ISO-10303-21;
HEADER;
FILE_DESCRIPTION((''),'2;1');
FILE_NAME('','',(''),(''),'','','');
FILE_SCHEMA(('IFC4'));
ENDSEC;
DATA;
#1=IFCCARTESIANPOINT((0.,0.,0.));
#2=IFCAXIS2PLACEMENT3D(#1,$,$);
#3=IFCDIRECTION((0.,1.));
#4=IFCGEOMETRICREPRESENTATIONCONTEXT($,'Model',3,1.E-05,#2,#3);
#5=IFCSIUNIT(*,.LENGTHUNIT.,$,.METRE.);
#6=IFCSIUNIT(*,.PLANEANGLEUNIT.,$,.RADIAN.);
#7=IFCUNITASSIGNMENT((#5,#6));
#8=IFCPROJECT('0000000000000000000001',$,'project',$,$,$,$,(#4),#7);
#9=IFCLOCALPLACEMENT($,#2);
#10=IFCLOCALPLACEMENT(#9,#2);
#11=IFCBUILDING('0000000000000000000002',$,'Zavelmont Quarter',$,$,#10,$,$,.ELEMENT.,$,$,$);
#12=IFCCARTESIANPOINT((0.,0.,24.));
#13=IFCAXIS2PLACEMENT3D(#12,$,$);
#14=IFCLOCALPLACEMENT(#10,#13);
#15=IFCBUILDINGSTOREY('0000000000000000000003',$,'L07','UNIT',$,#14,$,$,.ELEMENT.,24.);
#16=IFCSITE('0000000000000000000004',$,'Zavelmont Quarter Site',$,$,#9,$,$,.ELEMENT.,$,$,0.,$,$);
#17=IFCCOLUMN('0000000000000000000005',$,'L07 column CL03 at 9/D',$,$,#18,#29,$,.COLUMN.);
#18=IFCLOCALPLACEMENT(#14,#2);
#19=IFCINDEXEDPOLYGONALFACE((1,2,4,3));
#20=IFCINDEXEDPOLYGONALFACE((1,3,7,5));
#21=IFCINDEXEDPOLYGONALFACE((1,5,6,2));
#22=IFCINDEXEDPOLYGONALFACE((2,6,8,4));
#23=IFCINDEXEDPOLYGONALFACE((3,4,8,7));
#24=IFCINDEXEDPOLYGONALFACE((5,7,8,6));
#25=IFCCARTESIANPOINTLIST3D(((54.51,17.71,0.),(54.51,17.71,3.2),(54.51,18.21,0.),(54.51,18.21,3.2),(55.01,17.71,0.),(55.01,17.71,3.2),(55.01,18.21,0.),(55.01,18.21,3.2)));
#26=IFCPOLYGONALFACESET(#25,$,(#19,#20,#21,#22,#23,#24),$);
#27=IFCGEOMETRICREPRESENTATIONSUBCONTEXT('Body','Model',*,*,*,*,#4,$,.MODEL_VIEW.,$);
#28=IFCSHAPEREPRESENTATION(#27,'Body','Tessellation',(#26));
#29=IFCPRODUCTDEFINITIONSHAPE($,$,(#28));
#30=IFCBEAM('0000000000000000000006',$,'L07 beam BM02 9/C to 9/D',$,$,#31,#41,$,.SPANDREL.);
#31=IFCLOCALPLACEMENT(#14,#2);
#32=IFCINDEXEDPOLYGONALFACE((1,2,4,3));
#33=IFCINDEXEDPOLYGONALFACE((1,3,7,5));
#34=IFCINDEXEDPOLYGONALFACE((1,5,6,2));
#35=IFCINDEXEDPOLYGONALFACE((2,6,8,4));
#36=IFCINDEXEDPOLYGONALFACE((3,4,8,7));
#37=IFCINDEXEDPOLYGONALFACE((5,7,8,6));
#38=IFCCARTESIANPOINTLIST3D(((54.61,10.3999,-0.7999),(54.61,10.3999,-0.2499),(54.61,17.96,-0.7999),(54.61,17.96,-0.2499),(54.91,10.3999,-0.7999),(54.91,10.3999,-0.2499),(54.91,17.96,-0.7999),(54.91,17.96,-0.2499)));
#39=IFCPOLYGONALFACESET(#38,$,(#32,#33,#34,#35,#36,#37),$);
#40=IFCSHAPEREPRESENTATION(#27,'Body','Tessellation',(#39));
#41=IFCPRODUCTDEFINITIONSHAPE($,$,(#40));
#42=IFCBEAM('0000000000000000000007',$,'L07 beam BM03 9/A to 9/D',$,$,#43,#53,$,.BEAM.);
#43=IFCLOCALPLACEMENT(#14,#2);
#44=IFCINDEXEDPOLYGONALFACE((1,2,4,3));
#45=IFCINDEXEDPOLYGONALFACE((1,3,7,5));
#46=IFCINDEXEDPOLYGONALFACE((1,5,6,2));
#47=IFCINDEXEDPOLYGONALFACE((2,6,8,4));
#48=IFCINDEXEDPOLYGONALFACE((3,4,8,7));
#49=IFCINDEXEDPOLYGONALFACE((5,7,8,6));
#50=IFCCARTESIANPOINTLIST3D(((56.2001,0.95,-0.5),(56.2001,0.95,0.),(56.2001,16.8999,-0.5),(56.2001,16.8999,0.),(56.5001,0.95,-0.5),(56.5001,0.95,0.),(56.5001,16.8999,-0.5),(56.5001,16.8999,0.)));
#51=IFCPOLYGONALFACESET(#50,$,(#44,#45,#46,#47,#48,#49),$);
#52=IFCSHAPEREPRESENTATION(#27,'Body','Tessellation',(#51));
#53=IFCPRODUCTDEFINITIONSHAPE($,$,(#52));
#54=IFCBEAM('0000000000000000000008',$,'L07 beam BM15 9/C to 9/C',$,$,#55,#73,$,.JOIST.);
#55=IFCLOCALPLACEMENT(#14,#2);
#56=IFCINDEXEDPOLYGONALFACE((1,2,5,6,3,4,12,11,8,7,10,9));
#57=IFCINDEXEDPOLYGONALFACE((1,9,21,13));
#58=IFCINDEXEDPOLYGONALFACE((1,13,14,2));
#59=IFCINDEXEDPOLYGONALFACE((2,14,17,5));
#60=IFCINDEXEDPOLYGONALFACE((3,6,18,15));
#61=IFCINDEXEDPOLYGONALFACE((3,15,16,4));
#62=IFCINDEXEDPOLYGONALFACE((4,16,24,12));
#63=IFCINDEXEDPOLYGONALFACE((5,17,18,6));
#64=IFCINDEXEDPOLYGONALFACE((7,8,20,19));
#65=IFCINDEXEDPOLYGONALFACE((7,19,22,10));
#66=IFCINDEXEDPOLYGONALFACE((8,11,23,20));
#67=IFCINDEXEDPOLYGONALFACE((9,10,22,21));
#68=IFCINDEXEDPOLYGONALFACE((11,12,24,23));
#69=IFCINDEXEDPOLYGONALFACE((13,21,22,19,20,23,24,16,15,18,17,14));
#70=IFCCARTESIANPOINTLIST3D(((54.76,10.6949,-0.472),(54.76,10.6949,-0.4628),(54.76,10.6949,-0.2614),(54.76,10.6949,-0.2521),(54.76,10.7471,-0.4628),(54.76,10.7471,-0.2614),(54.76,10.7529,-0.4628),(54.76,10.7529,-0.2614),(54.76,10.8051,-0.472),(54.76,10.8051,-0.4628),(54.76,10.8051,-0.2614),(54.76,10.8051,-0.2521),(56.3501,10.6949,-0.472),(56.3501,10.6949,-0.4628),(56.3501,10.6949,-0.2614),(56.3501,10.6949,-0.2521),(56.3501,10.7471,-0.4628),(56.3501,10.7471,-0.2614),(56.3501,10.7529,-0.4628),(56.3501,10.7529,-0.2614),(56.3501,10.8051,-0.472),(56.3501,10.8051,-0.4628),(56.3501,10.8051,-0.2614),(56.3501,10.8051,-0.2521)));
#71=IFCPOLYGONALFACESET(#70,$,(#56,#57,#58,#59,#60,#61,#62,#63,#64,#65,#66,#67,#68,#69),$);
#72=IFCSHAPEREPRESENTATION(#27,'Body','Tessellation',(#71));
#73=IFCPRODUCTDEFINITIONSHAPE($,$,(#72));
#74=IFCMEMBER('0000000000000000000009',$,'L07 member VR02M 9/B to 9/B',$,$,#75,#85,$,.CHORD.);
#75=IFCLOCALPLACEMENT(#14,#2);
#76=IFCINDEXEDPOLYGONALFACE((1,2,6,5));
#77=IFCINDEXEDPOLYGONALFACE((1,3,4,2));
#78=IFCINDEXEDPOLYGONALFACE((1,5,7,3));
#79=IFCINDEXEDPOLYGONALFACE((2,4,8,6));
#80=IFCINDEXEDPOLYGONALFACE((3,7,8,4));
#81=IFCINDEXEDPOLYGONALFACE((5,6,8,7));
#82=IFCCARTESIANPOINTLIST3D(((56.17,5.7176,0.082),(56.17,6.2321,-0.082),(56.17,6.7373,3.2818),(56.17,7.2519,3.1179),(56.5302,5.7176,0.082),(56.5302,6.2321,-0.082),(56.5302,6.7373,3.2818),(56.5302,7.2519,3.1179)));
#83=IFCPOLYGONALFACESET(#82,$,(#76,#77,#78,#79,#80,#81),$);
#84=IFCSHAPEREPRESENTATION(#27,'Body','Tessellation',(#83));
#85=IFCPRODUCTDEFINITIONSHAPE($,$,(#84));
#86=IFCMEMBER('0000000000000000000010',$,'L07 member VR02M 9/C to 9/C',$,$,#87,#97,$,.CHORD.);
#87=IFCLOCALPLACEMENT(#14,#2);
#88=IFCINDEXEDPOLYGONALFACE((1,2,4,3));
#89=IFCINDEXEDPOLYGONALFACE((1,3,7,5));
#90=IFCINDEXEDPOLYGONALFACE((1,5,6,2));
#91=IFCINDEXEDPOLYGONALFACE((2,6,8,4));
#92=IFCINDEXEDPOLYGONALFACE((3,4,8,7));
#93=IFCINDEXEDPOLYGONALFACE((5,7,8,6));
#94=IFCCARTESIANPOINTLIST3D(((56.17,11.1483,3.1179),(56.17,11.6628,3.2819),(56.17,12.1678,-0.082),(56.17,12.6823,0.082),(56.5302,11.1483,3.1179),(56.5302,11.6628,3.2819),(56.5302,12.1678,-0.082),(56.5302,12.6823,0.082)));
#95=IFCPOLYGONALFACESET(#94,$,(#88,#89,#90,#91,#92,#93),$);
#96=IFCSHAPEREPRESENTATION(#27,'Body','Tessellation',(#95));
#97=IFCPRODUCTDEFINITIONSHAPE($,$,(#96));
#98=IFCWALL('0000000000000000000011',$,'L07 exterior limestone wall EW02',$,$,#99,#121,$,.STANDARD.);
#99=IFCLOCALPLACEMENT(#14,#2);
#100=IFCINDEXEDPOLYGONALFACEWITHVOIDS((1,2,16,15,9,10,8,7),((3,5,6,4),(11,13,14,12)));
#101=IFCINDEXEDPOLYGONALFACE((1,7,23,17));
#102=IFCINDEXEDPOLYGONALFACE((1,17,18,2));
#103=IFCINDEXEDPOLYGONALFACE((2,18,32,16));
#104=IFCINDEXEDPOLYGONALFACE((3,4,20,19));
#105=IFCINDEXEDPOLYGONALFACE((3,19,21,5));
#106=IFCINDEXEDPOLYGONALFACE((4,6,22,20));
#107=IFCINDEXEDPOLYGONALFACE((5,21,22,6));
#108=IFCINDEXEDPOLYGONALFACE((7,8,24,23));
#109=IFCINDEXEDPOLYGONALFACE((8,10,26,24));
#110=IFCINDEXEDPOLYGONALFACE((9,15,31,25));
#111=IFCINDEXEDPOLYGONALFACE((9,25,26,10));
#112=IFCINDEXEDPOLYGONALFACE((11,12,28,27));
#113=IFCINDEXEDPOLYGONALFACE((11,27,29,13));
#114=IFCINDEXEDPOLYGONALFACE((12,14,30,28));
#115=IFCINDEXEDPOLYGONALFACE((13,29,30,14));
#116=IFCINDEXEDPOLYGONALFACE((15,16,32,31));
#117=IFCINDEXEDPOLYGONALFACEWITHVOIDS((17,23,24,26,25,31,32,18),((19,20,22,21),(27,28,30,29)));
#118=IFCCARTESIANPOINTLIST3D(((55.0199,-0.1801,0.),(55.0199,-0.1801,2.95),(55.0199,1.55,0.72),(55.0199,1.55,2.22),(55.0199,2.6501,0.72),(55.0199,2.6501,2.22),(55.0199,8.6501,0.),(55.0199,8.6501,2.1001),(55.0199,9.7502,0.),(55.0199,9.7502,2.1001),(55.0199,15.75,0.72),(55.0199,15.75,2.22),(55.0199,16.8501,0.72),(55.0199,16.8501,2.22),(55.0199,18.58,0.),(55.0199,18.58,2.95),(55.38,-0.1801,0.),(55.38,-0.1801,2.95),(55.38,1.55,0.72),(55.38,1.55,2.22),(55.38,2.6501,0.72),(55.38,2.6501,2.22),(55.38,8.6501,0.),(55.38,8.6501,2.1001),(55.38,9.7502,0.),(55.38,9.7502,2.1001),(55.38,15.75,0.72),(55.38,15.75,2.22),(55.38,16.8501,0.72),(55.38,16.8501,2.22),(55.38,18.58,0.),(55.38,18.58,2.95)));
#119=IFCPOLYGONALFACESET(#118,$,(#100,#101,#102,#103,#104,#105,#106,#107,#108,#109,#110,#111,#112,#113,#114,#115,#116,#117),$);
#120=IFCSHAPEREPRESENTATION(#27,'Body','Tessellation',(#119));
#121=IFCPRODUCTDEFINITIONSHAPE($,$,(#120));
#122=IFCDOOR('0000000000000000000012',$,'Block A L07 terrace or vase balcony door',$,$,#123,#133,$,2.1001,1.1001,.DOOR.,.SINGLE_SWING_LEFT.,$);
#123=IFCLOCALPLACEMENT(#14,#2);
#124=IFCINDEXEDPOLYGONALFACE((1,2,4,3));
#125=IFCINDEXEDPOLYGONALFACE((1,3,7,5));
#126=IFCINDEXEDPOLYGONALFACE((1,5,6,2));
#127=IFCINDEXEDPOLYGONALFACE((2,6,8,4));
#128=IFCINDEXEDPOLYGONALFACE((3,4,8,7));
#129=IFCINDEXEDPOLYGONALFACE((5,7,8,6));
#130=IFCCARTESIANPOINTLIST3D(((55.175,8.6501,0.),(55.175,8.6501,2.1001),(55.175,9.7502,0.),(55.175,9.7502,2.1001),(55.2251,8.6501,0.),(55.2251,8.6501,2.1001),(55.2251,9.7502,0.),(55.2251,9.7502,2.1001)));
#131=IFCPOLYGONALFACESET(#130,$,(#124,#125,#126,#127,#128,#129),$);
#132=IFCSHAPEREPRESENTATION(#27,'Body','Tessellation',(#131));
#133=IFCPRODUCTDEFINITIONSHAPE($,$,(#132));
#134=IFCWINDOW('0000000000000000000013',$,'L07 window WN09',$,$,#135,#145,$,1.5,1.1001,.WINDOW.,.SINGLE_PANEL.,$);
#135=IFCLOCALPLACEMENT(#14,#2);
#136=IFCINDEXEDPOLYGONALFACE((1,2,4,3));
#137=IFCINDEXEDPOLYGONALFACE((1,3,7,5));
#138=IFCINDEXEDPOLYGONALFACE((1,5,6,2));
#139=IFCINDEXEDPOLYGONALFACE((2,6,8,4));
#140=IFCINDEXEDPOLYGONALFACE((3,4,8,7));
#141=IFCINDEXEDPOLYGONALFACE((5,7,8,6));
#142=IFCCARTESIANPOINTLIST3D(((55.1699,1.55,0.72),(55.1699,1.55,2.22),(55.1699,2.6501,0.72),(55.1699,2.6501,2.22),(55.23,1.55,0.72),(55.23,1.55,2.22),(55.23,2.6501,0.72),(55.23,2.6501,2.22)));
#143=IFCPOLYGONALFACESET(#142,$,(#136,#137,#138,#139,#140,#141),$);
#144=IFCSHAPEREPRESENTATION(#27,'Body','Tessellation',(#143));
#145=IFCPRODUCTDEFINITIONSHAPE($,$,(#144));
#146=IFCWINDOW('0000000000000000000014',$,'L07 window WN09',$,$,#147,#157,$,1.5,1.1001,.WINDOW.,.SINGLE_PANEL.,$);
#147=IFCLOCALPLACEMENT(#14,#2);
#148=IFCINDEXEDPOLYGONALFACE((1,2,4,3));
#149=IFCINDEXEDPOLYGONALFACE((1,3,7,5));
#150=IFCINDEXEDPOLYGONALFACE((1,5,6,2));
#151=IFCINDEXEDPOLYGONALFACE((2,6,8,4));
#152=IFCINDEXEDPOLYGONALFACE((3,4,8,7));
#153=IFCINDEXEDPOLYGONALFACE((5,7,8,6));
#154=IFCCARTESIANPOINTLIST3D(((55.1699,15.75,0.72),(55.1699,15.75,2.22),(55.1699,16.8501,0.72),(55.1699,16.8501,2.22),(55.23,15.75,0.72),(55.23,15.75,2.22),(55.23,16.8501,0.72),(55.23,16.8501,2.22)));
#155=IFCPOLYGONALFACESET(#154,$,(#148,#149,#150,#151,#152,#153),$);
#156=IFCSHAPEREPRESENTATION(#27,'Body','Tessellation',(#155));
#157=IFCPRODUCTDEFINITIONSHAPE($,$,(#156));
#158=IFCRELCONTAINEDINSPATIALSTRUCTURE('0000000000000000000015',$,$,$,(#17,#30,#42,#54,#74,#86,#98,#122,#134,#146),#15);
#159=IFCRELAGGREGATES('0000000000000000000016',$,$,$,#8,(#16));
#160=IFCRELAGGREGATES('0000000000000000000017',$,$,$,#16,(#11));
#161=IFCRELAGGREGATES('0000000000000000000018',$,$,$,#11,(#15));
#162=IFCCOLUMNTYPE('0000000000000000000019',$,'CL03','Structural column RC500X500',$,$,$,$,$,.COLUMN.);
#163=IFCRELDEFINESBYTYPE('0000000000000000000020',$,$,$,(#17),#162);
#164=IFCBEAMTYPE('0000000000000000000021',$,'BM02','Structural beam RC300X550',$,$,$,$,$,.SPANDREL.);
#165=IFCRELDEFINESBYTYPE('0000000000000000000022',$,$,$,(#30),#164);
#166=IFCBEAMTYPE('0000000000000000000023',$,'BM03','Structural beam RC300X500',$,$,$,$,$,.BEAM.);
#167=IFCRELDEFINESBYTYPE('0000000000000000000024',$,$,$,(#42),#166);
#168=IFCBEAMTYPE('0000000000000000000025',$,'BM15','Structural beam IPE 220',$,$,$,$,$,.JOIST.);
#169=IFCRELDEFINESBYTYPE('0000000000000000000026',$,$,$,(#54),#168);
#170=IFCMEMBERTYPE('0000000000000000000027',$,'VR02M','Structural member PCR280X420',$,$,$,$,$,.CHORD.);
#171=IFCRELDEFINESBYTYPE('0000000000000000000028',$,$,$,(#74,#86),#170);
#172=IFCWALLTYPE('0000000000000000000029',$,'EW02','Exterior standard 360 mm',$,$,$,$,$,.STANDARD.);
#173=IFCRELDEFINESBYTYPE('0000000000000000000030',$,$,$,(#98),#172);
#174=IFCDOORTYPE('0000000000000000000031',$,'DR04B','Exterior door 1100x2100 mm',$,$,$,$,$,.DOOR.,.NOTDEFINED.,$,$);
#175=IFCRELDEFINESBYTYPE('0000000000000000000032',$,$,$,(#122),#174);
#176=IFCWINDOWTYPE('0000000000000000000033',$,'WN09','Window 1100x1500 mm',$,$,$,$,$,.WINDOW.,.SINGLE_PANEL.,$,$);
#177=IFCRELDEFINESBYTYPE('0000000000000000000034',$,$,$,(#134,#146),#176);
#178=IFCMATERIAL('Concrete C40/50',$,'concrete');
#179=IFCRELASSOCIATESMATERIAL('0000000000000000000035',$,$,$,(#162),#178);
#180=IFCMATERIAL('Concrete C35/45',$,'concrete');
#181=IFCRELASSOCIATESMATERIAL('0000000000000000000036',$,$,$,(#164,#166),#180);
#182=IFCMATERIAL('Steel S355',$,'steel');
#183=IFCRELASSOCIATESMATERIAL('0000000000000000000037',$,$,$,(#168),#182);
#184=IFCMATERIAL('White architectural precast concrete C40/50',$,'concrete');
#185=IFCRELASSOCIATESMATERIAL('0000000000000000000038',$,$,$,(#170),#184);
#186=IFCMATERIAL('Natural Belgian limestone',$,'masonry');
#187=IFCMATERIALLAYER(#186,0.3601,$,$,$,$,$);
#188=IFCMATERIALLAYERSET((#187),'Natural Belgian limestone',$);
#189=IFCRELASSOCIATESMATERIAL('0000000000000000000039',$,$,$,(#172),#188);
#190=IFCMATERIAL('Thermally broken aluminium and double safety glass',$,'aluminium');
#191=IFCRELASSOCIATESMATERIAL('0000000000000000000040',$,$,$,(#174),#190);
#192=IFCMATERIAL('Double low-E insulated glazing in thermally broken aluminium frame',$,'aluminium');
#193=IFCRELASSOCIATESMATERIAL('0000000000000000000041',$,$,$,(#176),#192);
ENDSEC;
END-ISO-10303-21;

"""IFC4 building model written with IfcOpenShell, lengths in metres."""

from ifc_helpers import new_model, si_unit, direction, frame, frame_2d, origin, origin_with_axes, origin_2d, place, context, subcontext, project, spatial, rectangle, i_section, extrude, material, layer, layer_set, material_profile, profile_set, type_object, element, fill, save


model = new_model("IFC4")

# Units and contexts
model_context = context("Model", 3, precision=1e-05, world=origin(), true_north=direction((0.0, 1.0)))
body_context = subcontext(model_context, "Body", "Model", "MODEL_VIEW")
ifc_project = project(units=[si_unit("LENGTHUNIT", "METRE"), si_unit("PLANEANGLEUNIT", "RADIAN")], contexts=[model_context])

# Site, building, storey
site_placement = place(None, origin())
site = spatial("IfcSite", under=ifc_project, at=site_placement, Name="Zavelmont Quarter Site", CompositionType="ELEMENT", RefElevation=0.0)
building_placement = place(site_placement, origin())
building = spatial("IfcBuilding", under=site, at=building_placement, Name="Zavelmont Quarter", CompositionType="ELEMENT")
storey_placement = place(building_placement, frame((0.0, 0.0, 24.0)))
storey = spatial("IfcBuildingStorey", under=building, at=storey_placement, Name="L07", Description="UNIT", CompositionType="ELEMENT", Elevation=24.0)

# Column
ifc_material_1 = material(Name="Concrete C40/50", Category="concrete")
ifc_material_profile_1 = material_profile(ifc_material_1, rectangle(XDim=0.5, YDim=0.5, at=origin_2d()), Name="RC500X500")
ifc_profile_set_1 = profile_set([ifc_material_profile_1], Name="Concrete C40/50")
column_type = type_object("IfcColumnType", Name="CL03", Description="Structural column RC500X500", PredefinedType="COLUMN", material=ifc_profile_set_1)
column_placement = place(storey_placement, frame((54.76, 17.96, 0.0), z_axis=(0.0, 0.0, 1.0), x_axis=(1.0, 0.0, 0.0)))
element("IfcColumn", 1, at=column_placement, inside=storey, type_object=column_type, Name="L07 column CL03 at 9/D", PredefinedType="COLUMN", context=body_context, shape_type="SweptSolid", body=[
    extrude(rectangle(XDim=0.5, YDim=0.5, at=origin_2d()), origin(), (0.0, 0.0, 1.0), 3.2),
])

# Beams
ifc_material_2 = material(Name="Concrete C35/45", Category="concrete")
ifc_material_profile_2 = material_profile(ifc_material_2, rectangle(XDim=0.3, YDim=0.55, at=origin_2d()), Name="RC300X550")
ifc_profile_set_2 = profile_set([ifc_material_profile_2], Name="Concrete C35/45")
beam_type_1 = type_object("IfcBeamType", Name="BM02", Description="Structural beam RC300X550", PredefinedType="SPANDREL", material=ifc_profile_set_2)
beam_1_placement = place(storey_placement, frame((54.76, 10.3999, -0.5249), z_axis=(0.0, 1.0, 0.0), x_axis=(-1.0, 0.0, 0.0)))
element("IfcBeam", 2, at=beam_1_placement, inside=storey, type_object=beam_type_1, Name="L07 beam BM02 9/C to 9/D", PredefinedType="SPANDREL", context=body_context, shape_type="SweptSolid", body=[
    extrude(rectangle(XDim=0.3, YDim=0.55, at=origin_2d()), origin(), (0.0, 0.0, 1.0), 7.5601),
])
ifc_material_profile_3 = material_profile(ifc_material_2, rectangle(XDim=0.3, YDim=0.5, at=origin_2d()), Name="RC300X500")
ifc_profile_set_3 = profile_set([ifc_material_profile_3], Name="Concrete C35/45")
beam_type_2 = type_object("IfcBeamType", Name="BM03", Description="Structural beam RC300X500", PredefinedType="BEAM", material=ifc_profile_set_3)
beam_2_placement = place(storey_placement, frame((56.3501, 0.95, -0.25), z_axis=(0.0, 1.0, 0.0), x_axis=(-1.0, 0.0, 0.0)))
element("IfcBeam", 3, at=beam_2_placement, inside=storey, type_object=beam_type_2, Name="L07 beam BM03 9/A to 9/D", PredefinedType="BEAM", context=body_context, shape_type="SweptSolid", body=[
    extrude(rectangle(XDim=0.3, YDim=0.5, at=origin_2d()), origin(), (0.0, 0.0, 1.0), 15.95),
])
ifc_material_3 = material(Name="Steel S355", Category="steel")
ifc_material_profile_4 = material_profile(ifc_material_3, i_section(OverallWidth=0.1101, OverallDepth=0.22, WebThickness=0.0059, FlangeThickness=0.0093, at=origin_2d()), Name="IPE 220")
ifc_profile_set_4 = profile_set([ifc_material_profile_4], Name="Steel S355")
beam_type_3 = type_object("IfcBeamType", Name="BM15", Description="Structural beam IPE 220", PredefinedType="JOIST", material=ifc_profile_set_4)
beam_3_placement = place(storey_placement, frame((54.76, 10.75, -0.3621), z_axis=(1.0, 0.0, 0.0), x_axis=(0.0, 1.0, 0.0)))
element("IfcBeam", 4, at=beam_3_placement, inside=storey, type_object=beam_type_3, Name="L07 beam BM15 9/C to 9/C", PredefinedType="JOIST", context=body_context, shape_type="SweptSolid", body=[
    extrude(i_section(OverallWidth=0.1101, OverallDepth=0.22, WebThickness=0.0059, FlangeThickness=0.0093, at=origin_2d()), origin(), (0.0, 0.0, 1.0), 1.5901),
])

# Members
ifc_material_4 = material(Name="White architectural precast concrete C40/50", Category="concrete")
ifc_material_profile_5 = material_profile(ifc_material_4, rectangle(XDim=0.3601, YDim=0.54, at=origin_2d()), Name="PCR280X420")
ifc_profile_set_5 = profile_set([ifc_material_profile_5], Name="White architectural precast concrete C40/50")
member_type = type_object("IfcMemberType", Name="VR02M", Description="Structural member PCR280X420", PredefinedType="CHORD", material=ifc_profile_set_5)
for number, where, z_axis, x_axis, name in (
    (5, (56.3501, 5.9749, 0.0), (0.0, 0.303639, 0.952787), (-1.0, 0.0, 0.0), "L07 member VR02M 9/B to 9/B"),
    (6, (56.3501, 12.425, 0.0), (0.0, -0.303573, 0.952808), (1.0, 0.0, 0.0), "L07 member VR02M 9/C to 9/C"),
):
    element("IfcMember", number, at=place(storey_placement, frame(where, z_axis=z_axis, x_axis=x_axis)), inside=storey, type_object=member_type, Name=name, PredefinedType="CHORD", context=body_context, shape_type="SweptSolid", body=[
        extrude(rectangle(XDim=0.3601, YDim=0.54, at=origin_2d()), origin(), (0.0, 0.0, 1.0), 3.3584),
    ])

# Wall, openings, door, windows
ifc_material_5 = material(Name="Natural Belgian limestone", Category="masonry")
ifc_layer = layer(ifc_material_5, 0.3601)
ifc_layer_set = layer_set([ifc_layer], Name="Natural Belgian limestone")
wall_type = type_object("IfcWallType", Name="EW02", Description="Exterior standard 360 mm", PredefinedType="STANDARD", material=ifc_layer_set)
wall_placement = place(storey_placement, frame((55.2, -0.1799, 0.0), z_axis=(0.0, 0.0, 1.0), x_axis=(0.0, 1.0, 0.0)))
wall = element("IfcWall", 7, at=wall_placement, inside=storey, type_object=wall_type, Name="L07 exterior limestone wall EW02", PredefinedType="STANDARD", context=body_context, shape_type="SweptSolid", body=[
    extrude(rectangle(XDim=18.76, YDim=0.3601, at=frame_2d((9.3799, 0.0))), origin(), (0.0, 0.0, 1.0), 2.95),
])
opening_1_placement = place(wall_placement, frame((8.8301, 0.0, 0.0)))
opening_1 = element("IfcOpeningElement", 8, at=opening_1_placement, cuts=wall, PredefinedType="OPENING", context=body_context, shape_type="SweptSolid", body=[
    extrude(rectangle(XDim=1.1001, YDim=2.1001, at=frame_2d((0.55, 1.05))), frame((0.0, 0.1919, 0.0), z_axis=(0.0, -1.0, 0.0), x_axis=(1.0, 0.0, 0.0)), (0.0, 0.0, 1.0), 0.384),
])
opening_2_placement = place(wall_placement, frame((1.73, 0.0, 0.72)))
opening_2 = element("IfcOpeningElement", 9, at=opening_2_placement, cuts=wall, PredefinedType="OPENING", context=body_context, shape_type="SweptSolid", body=[
    extrude(rectangle(XDim=1.1001, YDim=1.5, at=frame_2d((0.55, 0.75))), frame((0.0, 0.1919, 0.0), z_axis=(0.0, -1.0, 0.0), x_axis=(1.0, 0.0, 0.0)), (0.0, 0.0, 1.0), 0.384),
])
opening_3_placement = place(wall_placement, frame((15.9299, 0.0, 0.72)))
opening_3 = element("IfcOpeningElement", 10, at=opening_3_placement, cuts=wall, PredefinedType="OPENING", context=body_context, shape_type="SweptSolid", body=[
    extrude(rectangle(XDim=1.1001, YDim=1.5, at=frame_2d((0.55, 0.75))), frame((0.0, 0.1919, 0.0), z_axis=(0.0, -1.0, 0.0), x_axis=(1.0, 0.0, 0.0)), (0.0, 0.0, 1.0), 0.384),
])
ifc_material_6 = material(Name="Thermally broken aluminium and double safety glass", Category="aluminium")
door_type = type_object("IfcDoorType", Name="DR04B", Description="Exterior door 1100x2100 mm", OperationType="NOTDEFINED", PredefinedType="DOOR", material=ifc_material_6)
door_placement = place(opening_1_placement, origin_with_axes())
door = element("IfcDoor", 11, at=door_placement, inside=storey, type_object=door_type, Name="Block A L07 terrace or vase balcony door", OperationType="SINGLE_SWING_LEFT", OverallHeight=2.1001, OverallWidth=1.1001, PredefinedType="DOOR", context=body_context, shape_type="SweptSolid", body=[
    extrude(rectangle(XDim=1.1001, YDim=2.1001, at=frame_2d((0.55, 1.05))), frame((0.0, 0.0249, 0.0), z_axis=(0.0, -1.0, 0.0), x_axis=(1.0, 0.0, 0.0)), (0.0, 0.0, 1.0), 0.05),
])
fill(opening_1, door)
ifc_material_7 = material(Name="Double low-E insulated glazing in thermally broken aluminium frame", Category="aluminium")
window_type = type_object("IfcWindowType", Name="WN09", Description="Window 1100x1500 mm", PartitioningType="SINGLE_PANEL", PredefinedType="WINDOW", material=ifc_material_7)
window_1_placement = place(opening_2_placement, origin_with_axes())
window_1 = element("IfcWindow", 12, at=window_1_placement, inside=storey, type_object=window_type, Name="L07 window WN09", OverallHeight=1.5, OverallWidth=1.1001, PartitioningType="SINGLE_PANEL", PredefinedType="WINDOW", context=body_context, shape_type="SweptSolid", body=[
    extrude(rectangle(XDim=1.1001, YDim=1.5, at=frame_2d((0.55, 0.75))), frame((0.0, 0.03, 0.0), z_axis=(0.0, -1.0, 0.0), x_axis=(1.0, 0.0, 0.0)), (0.0, 0.0, 1.0), 0.0601),
])
fill(opening_2, window_1)
window_2_placement = place(opening_3_placement, origin_with_axes())
window_2 = element("IfcWindow", 13, at=window_2_placement, inside=storey, type_object=window_type, Name="L07 window WN09", OverallHeight=1.5, OverallWidth=1.1001, PartitioningType="SINGLE_PANEL", PredefinedType="WINDOW", context=body_context, shape_type="SweptSolid", body=[
    extrude(rectangle(XDim=1.1001, YDim=1.5, at=frame_2d((0.55, 0.75))), frame((0.0, 0.03, 0.0), z_axis=(0.0, -1.0, 0.0), x_axis=(1.0, 0.0, 0.0)), (0.0, 0.0, 1.0), 0.0601),
])
fill(opening_3, window_2)

save(model, "model.ifc")
